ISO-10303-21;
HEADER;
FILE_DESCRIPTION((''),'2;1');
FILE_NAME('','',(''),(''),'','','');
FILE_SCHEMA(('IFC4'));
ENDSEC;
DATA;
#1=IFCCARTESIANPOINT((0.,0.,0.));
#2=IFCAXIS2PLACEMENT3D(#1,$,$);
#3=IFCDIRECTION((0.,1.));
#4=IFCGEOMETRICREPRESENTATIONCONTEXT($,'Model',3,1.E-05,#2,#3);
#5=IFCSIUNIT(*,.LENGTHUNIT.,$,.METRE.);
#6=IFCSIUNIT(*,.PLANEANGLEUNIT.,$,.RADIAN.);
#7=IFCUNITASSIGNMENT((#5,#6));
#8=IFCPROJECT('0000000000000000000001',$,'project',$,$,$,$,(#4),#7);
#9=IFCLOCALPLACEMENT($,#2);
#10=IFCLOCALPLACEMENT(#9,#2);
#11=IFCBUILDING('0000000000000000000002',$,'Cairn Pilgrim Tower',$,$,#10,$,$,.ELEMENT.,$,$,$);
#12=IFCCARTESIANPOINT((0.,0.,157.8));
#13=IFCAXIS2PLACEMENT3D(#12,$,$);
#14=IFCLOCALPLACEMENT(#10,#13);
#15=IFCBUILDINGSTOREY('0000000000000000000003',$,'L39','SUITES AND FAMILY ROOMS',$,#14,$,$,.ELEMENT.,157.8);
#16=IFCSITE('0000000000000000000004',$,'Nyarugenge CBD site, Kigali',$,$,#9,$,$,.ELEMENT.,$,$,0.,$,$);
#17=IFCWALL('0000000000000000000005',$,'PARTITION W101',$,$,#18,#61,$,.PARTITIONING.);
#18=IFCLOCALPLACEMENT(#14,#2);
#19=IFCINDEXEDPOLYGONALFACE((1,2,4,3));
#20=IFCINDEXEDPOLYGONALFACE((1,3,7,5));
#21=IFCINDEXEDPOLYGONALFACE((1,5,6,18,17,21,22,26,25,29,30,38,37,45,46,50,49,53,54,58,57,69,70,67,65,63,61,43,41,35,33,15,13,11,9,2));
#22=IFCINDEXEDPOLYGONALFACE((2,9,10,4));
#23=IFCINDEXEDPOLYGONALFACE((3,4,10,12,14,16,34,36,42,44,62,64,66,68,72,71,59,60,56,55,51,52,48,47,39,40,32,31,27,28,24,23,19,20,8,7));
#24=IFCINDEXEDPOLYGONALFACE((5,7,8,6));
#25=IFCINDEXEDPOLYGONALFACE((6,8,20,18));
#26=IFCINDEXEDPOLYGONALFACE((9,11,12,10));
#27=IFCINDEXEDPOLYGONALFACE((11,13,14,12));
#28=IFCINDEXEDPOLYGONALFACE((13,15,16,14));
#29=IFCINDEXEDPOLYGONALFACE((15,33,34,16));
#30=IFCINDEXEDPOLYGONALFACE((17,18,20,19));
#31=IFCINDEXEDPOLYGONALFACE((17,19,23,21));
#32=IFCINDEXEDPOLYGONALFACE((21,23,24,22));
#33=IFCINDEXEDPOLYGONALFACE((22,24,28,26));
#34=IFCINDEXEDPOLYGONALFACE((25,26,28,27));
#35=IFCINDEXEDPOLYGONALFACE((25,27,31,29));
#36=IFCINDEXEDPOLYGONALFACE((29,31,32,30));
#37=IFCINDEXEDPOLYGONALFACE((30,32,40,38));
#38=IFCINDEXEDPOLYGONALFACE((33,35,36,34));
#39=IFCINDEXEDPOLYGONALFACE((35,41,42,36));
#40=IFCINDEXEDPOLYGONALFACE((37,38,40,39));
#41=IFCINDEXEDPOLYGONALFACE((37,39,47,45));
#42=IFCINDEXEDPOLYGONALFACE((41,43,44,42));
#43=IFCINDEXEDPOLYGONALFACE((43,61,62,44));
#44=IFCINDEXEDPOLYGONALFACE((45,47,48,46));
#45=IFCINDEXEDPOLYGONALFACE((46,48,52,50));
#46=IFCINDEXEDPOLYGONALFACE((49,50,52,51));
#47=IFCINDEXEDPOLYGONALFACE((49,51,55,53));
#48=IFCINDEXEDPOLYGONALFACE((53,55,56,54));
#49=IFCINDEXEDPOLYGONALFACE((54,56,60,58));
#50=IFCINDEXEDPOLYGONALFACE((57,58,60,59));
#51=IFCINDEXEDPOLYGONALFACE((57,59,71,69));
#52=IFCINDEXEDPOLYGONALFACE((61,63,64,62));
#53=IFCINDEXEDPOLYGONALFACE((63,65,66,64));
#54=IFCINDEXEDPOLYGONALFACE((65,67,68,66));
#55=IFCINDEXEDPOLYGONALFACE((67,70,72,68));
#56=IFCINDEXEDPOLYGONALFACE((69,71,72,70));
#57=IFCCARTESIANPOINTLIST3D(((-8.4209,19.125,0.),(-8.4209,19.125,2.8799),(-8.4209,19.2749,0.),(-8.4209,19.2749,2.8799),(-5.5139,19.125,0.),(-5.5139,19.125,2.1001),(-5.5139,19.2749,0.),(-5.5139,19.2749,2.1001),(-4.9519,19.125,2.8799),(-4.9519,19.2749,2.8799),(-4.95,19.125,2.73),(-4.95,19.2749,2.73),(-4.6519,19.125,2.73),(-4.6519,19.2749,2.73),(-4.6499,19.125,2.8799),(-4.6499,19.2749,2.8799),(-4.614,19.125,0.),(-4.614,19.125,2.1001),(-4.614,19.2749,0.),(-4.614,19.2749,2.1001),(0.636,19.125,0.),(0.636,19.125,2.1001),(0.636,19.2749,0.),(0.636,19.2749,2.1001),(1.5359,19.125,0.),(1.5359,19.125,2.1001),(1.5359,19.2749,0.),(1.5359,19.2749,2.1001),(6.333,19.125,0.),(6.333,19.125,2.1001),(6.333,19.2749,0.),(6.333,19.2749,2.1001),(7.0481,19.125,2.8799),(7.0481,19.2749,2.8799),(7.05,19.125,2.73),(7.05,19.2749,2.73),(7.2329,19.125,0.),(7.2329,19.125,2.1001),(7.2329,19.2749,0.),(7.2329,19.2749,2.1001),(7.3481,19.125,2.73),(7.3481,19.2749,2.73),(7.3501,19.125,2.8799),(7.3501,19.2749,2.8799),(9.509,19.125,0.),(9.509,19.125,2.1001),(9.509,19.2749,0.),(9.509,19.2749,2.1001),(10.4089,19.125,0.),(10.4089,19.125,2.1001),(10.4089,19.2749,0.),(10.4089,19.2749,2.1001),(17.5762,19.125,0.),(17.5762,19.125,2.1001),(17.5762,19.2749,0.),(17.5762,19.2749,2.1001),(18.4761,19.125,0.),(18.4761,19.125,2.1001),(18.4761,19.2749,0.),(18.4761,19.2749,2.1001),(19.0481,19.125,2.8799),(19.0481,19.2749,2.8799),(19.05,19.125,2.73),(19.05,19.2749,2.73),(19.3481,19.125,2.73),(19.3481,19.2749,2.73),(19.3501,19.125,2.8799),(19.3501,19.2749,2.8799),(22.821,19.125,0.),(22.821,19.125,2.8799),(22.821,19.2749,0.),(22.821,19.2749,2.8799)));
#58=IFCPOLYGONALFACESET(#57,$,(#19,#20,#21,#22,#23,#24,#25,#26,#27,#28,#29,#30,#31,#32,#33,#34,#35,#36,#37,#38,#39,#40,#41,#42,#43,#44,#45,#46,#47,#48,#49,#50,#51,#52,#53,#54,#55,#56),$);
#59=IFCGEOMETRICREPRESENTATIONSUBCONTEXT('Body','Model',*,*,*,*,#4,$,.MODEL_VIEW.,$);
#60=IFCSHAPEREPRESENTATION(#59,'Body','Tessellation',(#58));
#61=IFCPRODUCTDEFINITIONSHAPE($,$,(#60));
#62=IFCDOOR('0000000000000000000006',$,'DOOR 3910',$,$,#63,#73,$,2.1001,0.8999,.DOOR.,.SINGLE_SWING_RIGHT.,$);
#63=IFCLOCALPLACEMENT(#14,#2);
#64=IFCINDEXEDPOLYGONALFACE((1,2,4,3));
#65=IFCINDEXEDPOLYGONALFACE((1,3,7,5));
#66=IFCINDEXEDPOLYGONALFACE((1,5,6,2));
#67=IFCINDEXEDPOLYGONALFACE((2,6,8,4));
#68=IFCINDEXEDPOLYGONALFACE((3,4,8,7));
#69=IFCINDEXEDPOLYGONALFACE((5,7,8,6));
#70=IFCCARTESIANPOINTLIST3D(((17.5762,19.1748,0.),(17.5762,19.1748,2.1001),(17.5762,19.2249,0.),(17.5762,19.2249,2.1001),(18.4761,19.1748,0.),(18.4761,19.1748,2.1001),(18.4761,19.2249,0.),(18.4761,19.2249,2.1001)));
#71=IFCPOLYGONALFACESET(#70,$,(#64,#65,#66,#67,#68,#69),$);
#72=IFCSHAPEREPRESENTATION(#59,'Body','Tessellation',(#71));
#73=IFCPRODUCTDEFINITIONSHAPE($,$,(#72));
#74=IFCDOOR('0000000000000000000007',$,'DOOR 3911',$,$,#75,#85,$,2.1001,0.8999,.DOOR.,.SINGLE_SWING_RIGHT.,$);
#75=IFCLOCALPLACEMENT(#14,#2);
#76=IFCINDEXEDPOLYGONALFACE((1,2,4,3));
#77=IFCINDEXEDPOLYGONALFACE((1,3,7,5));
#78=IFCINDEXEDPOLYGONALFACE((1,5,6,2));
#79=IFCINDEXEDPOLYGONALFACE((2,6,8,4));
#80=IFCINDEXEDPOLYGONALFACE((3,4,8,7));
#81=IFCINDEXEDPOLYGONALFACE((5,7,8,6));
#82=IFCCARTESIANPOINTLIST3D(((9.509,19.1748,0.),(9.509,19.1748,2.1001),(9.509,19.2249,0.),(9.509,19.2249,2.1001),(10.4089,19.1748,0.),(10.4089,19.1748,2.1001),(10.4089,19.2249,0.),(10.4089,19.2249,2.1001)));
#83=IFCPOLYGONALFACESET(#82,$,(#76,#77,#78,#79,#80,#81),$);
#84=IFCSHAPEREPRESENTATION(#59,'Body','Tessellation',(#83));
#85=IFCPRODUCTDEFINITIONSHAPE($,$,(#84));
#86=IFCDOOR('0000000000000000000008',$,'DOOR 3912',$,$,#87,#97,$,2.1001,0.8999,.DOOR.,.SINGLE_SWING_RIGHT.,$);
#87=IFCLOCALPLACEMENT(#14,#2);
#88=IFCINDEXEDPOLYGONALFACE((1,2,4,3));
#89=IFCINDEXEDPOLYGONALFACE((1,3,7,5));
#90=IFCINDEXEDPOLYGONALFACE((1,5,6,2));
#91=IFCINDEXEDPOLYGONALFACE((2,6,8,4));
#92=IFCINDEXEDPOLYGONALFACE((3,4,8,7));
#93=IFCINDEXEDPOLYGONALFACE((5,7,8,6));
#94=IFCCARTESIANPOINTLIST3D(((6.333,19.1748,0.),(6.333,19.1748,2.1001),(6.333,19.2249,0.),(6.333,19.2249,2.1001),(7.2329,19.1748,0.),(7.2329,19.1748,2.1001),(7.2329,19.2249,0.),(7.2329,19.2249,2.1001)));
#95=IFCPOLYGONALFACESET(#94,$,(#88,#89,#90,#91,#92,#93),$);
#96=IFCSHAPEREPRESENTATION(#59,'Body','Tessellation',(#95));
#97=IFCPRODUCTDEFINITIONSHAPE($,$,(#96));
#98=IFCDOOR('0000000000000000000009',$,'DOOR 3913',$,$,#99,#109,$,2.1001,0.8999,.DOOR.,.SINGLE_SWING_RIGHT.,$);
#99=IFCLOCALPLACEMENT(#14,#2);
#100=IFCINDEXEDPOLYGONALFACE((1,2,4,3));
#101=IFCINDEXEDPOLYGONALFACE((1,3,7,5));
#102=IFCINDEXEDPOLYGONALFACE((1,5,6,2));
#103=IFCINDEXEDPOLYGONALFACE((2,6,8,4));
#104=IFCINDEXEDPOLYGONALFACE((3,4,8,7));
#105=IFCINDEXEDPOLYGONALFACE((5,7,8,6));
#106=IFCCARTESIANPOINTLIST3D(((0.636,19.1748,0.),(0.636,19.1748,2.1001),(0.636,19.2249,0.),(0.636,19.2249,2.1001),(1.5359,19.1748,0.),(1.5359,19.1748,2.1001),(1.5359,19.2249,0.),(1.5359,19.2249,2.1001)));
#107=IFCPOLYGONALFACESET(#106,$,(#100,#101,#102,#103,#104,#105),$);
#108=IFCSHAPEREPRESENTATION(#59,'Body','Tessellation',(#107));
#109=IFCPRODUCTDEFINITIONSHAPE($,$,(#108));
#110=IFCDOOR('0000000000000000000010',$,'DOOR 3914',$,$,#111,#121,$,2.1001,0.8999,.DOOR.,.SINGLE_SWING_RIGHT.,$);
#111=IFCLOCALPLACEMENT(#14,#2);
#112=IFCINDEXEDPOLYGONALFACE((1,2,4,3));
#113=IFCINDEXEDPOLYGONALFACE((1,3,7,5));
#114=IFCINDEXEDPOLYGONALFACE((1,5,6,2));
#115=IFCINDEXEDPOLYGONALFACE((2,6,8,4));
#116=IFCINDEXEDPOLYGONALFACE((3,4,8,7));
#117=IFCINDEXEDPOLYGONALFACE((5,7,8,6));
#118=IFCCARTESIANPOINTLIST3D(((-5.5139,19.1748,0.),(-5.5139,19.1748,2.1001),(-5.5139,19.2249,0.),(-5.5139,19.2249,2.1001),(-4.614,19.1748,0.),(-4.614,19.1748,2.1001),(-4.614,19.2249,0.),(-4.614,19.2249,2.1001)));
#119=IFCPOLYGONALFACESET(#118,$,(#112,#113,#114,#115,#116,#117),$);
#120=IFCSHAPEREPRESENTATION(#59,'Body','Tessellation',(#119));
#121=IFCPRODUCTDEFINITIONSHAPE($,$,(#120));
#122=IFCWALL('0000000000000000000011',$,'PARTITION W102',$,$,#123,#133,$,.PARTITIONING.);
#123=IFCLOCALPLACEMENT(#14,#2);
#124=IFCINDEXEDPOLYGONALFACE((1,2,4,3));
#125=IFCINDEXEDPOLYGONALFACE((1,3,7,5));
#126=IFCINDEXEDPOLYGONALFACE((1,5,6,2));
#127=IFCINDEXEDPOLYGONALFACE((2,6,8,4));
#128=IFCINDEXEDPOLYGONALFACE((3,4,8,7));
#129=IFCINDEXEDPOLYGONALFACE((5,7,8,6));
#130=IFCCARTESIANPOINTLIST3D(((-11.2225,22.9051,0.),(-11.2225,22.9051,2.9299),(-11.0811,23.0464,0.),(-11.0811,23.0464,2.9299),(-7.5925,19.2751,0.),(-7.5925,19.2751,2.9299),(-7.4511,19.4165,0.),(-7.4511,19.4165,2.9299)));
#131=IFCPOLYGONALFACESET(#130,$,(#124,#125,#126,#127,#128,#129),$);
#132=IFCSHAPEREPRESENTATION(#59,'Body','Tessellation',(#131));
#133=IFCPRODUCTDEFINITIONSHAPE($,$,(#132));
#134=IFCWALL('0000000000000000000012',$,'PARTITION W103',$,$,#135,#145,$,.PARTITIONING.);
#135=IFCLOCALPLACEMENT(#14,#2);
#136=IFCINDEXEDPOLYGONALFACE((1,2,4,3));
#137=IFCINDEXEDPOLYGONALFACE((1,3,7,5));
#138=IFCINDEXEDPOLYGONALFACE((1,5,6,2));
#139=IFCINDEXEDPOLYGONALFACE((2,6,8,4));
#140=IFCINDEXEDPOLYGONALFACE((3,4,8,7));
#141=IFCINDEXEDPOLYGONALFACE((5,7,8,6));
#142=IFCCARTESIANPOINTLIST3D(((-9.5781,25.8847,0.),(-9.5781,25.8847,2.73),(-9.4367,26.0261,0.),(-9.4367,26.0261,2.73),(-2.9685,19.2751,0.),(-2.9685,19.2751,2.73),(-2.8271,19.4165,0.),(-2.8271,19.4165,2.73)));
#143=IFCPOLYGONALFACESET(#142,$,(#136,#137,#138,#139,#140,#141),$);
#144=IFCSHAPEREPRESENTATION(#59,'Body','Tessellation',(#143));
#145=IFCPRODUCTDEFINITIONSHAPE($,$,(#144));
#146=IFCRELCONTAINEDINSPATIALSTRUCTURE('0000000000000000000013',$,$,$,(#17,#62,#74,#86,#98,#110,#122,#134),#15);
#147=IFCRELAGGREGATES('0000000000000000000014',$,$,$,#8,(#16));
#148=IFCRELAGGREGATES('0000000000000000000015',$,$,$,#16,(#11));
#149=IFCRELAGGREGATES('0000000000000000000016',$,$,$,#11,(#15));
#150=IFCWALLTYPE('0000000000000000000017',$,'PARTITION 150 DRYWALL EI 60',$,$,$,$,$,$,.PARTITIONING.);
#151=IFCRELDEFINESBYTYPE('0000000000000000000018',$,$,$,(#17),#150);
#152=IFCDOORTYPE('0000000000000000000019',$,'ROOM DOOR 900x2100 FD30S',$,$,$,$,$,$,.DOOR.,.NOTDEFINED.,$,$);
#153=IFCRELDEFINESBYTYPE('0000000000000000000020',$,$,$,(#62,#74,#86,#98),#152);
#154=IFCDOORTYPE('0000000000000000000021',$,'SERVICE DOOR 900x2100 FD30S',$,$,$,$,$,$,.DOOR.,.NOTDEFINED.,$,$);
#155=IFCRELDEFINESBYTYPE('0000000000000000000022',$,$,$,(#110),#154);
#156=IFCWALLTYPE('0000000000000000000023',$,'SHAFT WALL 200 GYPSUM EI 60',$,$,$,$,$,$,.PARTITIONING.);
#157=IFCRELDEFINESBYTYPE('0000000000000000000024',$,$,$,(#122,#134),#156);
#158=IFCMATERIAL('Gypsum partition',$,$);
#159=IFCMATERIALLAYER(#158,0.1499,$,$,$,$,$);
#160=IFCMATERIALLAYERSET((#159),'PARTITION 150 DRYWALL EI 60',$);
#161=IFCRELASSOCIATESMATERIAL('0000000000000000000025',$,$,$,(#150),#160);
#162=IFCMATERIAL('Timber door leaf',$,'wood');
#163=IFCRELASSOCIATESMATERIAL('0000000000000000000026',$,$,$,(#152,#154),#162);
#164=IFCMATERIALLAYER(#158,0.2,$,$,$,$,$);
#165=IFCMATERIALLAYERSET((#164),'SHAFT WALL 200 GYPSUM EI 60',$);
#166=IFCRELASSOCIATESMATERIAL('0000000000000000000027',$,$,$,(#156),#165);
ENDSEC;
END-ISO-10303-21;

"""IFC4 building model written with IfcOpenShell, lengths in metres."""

from ifc_helpers import new_model, si_unit, direction, frame, frame_2d, origin, place, context, subcontext, project, spatial, polyline, rectangle, outline, extrude, material, layer, layer_set, type_object, element, fill, save


model = new_model("IFC4")

# Units and contexts
model_context = context("Model", 3, precision=1e-05, world=origin(), true_north=direction((0.0, 1.0)))
body_context = subcontext(model_context, "Body", "Model", "MODEL_VIEW")
ifc_project = project(units=[si_unit("LENGTHUNIT", "METRE"), si_unit("PLANEANGLEUNIT", "RADIAN")], contexts=[model_context])

# Site, building, storey
site_placement = place(None, origin())
site = spatial("IfcSite", under=ifc_project, at=site_placement, Name="Nyarugenge CBD site, Kigali", CompositionType="ELEMENT", RefElevation=0.0)
building_placement = place(site_placement, origin())
building = spatial("IfcBuilding", under=site, at=building_placement, Name="Cairn Pilgrim Tower", CompositionType="ELEMENT")
storey_placement = place(building_placement, frame((0.0, 0.0, 157.8)))
storey = spatial("IfcBuildingStorey", under=building, at=storey_placement, Name="L39", Description="SUITES AND FAMILY ROOMS", CompositionType="ELEMENT", Elevation=157.8)

# Shared definitions
ifc_material_1 = material(Name="Gypsum partition")
ifc_layer_1 = layer(ifc_material_1, 0.1499)
ifc_layer_set_1 = layer_set([ifc_layer_1], Name="PARTITION 150 DRYWALL EI 60")
wall_type_1 = type_object("IfcWallType", Name="PARTITION 150 DRYWALL EI 60", PredefinedType="PARTITIONING", material=ifc_layer_set_1)

# Wall, openings, doors
wall_1_placement = place(storey_placement, frame((-8.4209, 19.2, 0.0), z_axis=(0.0, 0.0, 1.0), x_axis=(1.0, 0.0, 0.0)))
wall_1 = element("IfcWall", 1, at=wall_1_placement, inside=storey, type_object=wall_type_1, Name="PARTITION W101", PredefinedType="PARTITIONING", context=body_context, shape_type="SweptSolid", body=[
    extrude(outline(polyline([(0.0, 0.0), (31.2419, 0.0), (31.2419, 2.8799), (27.771, 2.8799), (27.769, 2.73), (27.4709, 2.73), (27.469, 2.8799), (15.771, 2.8799), (15.769, 2.73), (15.4709, 2.73), (15.469, 2.8799), (3.771, 2.8799), (3.769, 2.73), (3.4709, 2.73), (3.469, 2.8799), (0.0, 2.8799), (0.0, 0.0)])), frame((0.0, 0.075, 0.0), z_axis=(0.0, -1.0, 0.0), x_axis=(1.0, 0.0, 0.0)), (0.0, 0.0, 1.0), 0.1499),
])
opening_1_placement = place(wall_1_placement, frame((25.9971, 0.0, 0.0)))
opening_1 = element("IfcOpeningElement", 2, at=opening_1_placement, cuts=wall_1, PredefinedType="OPENING", context=body_context, shape_type="SweptSolid", body=[
    extrude(rectangle(XDim=0.8999, YDim=2.1001, at=frame_2d((0.45, 1.05))), frame((0.0, 0.085, 0.0), z_axis=(0.0, -1.0, 0.0), x_axis=(1.0, 0.0, 0.0)), (0.0, 0.0, 1.0), 0.1699),
])
opening_2_placement = place(wall_1_placement, frame((17.9299, 0.0, 0.0)))
opening_2 = element("IfcOpeningElement", 3, at=opening_2_placement, cuts=wall_1, PredefinedType="OPENING", context=body_context, shape_type="SweptSolid", body=[
    extrude(rectangle(XDim=0.8999, YDim=2.1001, at=frame_2d((0.45, 1.05))), frame((0.0, 0.085, 0.0), z_axis=(0.0, -1.0, 0.0), x_axis=(1.0, 0.0, 0.0)), (0.0, 0.0, 1.0), 0.1699),
])
opening_3_placement = place(wall_1_placement, frame((14.7539, 0.0, 0.0)))
opening_3 = element("IfcOpeningElement", 4, at=opening_3_placement, cuts=wall_1, PredefinedType="OPENING", context=body_context, shape_type="SweptSolid", body=[
    extrude(rectangle(XDim=0.8999, YDim=2.1001, at=frame_2d((0.45, 1.05))), frame((0.0, 0.085, 0.0), z_axis=(0.0, -1.0, 0.0), x_axis=(1.0, 0.0, 0.0)), (0.0, 0.0, 1.0), 0.1699),
])
opening_4_placement = place(wall_1_placement, frame((9.0569, 0.0, 0.0)))
opening_4 = element("IfcOpeningElement", 5, at=opening_4_placement, cuts=wall_1, PredefinedType="OPENING", context=body_context, shape_type="SweptSolid", body=[
    extrude(rectangle(XDim=0.8999, YDim=2.1001, at=frame_2d((0.45, 1.05))), frame((0.0, 0.085, 0.0), z_axis=(0.0, -1.0, 0.0), x_axis=(1.0, 0.0, 0.0)), (0.0, 0.0, 1.0), 0.1699),
])
opening_5_placement = place(wall_1_placement, frame((2.907, 0.0, 0.0)))
opening_5 = element("IfcOpeningElement", 6, at=opening_5_placement, cuts=wall_1, PredefinedType="OPENING", context=body_context, shape_type="SweptSolid", body=[
    extrude(rectangle(XDim=0.8999, YDim=2.1001, at=frame_2d((0.45, 1.05))), frame((0.0, 0.085, 0.0), z_axis=(0.0, -1.0, 0.0), x_axis=(1.0, 0.0, 0.0)), (0.0, 0.0, 1.0), 0.1699),
])
ifc_material_2 = material(Name="Timber door leaf", Category="wood")
door_type_1 = type_object("IfcDoorType", Name="ROOM DOOR 900x2100 FD30S", OperationType="NOTDEFINED", PredefinedType="DOOR", material=ifc_material_2)
door_1_placement = place(opening_1_placement, origin())
door_1 = element("IfcDoor", 7, at=door_1_placement, inside=storey, type_object=door_type_1, Name="DOOR 3910", OperationType="SINGLE_SWING_RIGHT", OverallHeight=2.1001, OverallWidth=0.8999, PredefinedType="DOOR", context=body_context, shape_type="SweptSolid", body=[
    extrude(rectangle(XDim=0.8999, YDim=2.1001, at=frame_2d((0.45, 1.05))), frame((0.0, 0.0249, 0.0), z_axis=(0.0, -1.0, 0.0), x_axis=(1.0, 0.0, 0.0)), (0.0, 0.0, 1.0), 0.05),
])
fill(opening_1, door_1)
door_2_placement = place(opening_2_placement, origin())
door_2 = element("IfcDoor", 8, at=door_2_placement, inside=storey, type_object=door_type_1, Name="DOOR 3911", OperationType="SINGLE_SWING_RIGHT", OverallHeight=2.1001, OverallWidth=0.8999, PredefinedType="DOOR", context=body_context, shape_type="SweptSolid", body=[
    extrude(rectangle(XDim=0.8999, YDim=2.1001, at=frame_2d((0.45, 1.05))), frame((0.0, 0.0249, 0.0), z_axis=(0.0, -1.0, 0.0), x_axis=(1.0, 0.0, 0.0)), (0.0, 0.0, 1.0), 0.05),
])
fill(opening_2, door_2)
door_3_placement = place(opening_3_placement, origin())
door_3 = element("IfcDoor", 9, at=door_3_placement, inside=storey, type_object=door_type_1, Name="DOOR 3912", OperationType="SINGLE_SWING_RIGHT", OverallHeight=2.1001, OverallWidth=0.8999, PredefinedType="DOOR", context=body_context, shape_type="SweptSolid", body=[
    extrude(rectangle(XDim=0.8999, YDim=2.1001, at=frame_2d((0.45, 1.05))), frame((0.0, 0.0249, 0.0), z_axis=(0.0, -1.0, 0.0), x_axis=(1.0, 0.0, 0.0)), (0.0, 0.0, 1.0), 0.05),
])
fill(opening_3, door_3)
door_4_placement = place(opening_4_placement, origin())
door_4 = element("IfcDoor", 10, at=door_4_placement, inside=storey, type_object=door_type_1, Name="DOOR 3913", OperationType="SINGLE_SWING_RIGHT", OverallHeight=2.1001, OverallWidth=0.8999, PredefinedType="DOOR", context=body_context, shape_type="SweptSolid", body=[
    extrude(rectangle(XDim=0.8999, YDim=2.1001, at=frame_2d((0.45, 1.05))), frame((0.0, 0.0249, 0.0), z_axis=(0.0, -1.0, 0.0), x_axis=(1.0, 0.0, 0.0)), (0.0, 0.0, 1.0), 0.05),
])
fill(opening_4, door_4)
door_type_2 = type_object("IfcDoorType", Name="SERVICE DOOR 900x2100 FD30S", OperationType="NOTDEFINED", PredefinedType="DOOR", material=ifc_material_2)
door_5_placement = place(opening_5_placement, origin())
door_5 = element("IfcDoor", 11, at=door_5_placement, inside=storey, type_object=door_type_2, Name="DOOR 3914", OperationType="SINGLE_SWING_RIGHT", OverallHeight=2.1001, OverallWidth=0.8999, PredefinedType="DOOR", context=body_context, shape_type="SweptSolid", body=[
    extrude(rectangle(XDim=0.8999, YDim=2.1001, at=frame_2d((0.45, 1.05))), frame((0.0, 0.0249, 0.0), z_axis=(0.0, -1.0, 0.0), x_axis=(1.0, 0.0, 0.0)), (0.0, 0.0, 1.0), 0.05),
])
fill(opening_5, door_5)

# Walls
ifc_layer_2 = layer(ifc_material_1, 0.2)
ifc_layer_set_2 = layer_set([ifc_layer_2], Name="SHAFT WALL 200 GYPSUM EI 60")
wall_type_2 = type_object("IfcWallType", Name="SHAFT WALL 200 GYPSUM EI 60", PredefinedType="PARTITIONING", material=ifc_layer_set_2)
wall_2_placement = place(storey_placement, frame((-7.5217, 19.3457, 0.0), z_axis=(0.0, 0.0, 1.0), x_axis=(-0.707107, 0.707107, 0.0)))
element("IfcWall", 12, at=wall_2_placement, inside=storey, type_object=wall_type_2, Name="PARTITION W102", PredefinedType="PARTITIONING", context=body_context, shape_type="SweptSolid", body=[
    extrude(rectangle(XDim=5.1335, YDim=0.2, at=frame_2d((2.5669, 0.0))), origin(), (0.0, 0.0, 1.0), 2.9299),
])
wall_3_placement = place(storey_placement, frame((-2.8977, 19.3457, 0.0), z_axis=(0.0, 0.0, 1.0), x_axis=(-0.707107, 0.707107, 0.0)))
element("IfcWall", 13, at=wall_3_placement, inside=storey, type_object=wall_type_2, Name="PARTITION W103", PredefinedType="PARTITIONING", context=body_context, shape_type="SweptSolid", body=[
    extrude(rectangle(XDim=9.3474, YDim=0.2, at=frame_2d((4.6738, 0.0))), origin(), (0.0, 0.0, 1.0), 2.73),
])

save(model, "model.ifc")
